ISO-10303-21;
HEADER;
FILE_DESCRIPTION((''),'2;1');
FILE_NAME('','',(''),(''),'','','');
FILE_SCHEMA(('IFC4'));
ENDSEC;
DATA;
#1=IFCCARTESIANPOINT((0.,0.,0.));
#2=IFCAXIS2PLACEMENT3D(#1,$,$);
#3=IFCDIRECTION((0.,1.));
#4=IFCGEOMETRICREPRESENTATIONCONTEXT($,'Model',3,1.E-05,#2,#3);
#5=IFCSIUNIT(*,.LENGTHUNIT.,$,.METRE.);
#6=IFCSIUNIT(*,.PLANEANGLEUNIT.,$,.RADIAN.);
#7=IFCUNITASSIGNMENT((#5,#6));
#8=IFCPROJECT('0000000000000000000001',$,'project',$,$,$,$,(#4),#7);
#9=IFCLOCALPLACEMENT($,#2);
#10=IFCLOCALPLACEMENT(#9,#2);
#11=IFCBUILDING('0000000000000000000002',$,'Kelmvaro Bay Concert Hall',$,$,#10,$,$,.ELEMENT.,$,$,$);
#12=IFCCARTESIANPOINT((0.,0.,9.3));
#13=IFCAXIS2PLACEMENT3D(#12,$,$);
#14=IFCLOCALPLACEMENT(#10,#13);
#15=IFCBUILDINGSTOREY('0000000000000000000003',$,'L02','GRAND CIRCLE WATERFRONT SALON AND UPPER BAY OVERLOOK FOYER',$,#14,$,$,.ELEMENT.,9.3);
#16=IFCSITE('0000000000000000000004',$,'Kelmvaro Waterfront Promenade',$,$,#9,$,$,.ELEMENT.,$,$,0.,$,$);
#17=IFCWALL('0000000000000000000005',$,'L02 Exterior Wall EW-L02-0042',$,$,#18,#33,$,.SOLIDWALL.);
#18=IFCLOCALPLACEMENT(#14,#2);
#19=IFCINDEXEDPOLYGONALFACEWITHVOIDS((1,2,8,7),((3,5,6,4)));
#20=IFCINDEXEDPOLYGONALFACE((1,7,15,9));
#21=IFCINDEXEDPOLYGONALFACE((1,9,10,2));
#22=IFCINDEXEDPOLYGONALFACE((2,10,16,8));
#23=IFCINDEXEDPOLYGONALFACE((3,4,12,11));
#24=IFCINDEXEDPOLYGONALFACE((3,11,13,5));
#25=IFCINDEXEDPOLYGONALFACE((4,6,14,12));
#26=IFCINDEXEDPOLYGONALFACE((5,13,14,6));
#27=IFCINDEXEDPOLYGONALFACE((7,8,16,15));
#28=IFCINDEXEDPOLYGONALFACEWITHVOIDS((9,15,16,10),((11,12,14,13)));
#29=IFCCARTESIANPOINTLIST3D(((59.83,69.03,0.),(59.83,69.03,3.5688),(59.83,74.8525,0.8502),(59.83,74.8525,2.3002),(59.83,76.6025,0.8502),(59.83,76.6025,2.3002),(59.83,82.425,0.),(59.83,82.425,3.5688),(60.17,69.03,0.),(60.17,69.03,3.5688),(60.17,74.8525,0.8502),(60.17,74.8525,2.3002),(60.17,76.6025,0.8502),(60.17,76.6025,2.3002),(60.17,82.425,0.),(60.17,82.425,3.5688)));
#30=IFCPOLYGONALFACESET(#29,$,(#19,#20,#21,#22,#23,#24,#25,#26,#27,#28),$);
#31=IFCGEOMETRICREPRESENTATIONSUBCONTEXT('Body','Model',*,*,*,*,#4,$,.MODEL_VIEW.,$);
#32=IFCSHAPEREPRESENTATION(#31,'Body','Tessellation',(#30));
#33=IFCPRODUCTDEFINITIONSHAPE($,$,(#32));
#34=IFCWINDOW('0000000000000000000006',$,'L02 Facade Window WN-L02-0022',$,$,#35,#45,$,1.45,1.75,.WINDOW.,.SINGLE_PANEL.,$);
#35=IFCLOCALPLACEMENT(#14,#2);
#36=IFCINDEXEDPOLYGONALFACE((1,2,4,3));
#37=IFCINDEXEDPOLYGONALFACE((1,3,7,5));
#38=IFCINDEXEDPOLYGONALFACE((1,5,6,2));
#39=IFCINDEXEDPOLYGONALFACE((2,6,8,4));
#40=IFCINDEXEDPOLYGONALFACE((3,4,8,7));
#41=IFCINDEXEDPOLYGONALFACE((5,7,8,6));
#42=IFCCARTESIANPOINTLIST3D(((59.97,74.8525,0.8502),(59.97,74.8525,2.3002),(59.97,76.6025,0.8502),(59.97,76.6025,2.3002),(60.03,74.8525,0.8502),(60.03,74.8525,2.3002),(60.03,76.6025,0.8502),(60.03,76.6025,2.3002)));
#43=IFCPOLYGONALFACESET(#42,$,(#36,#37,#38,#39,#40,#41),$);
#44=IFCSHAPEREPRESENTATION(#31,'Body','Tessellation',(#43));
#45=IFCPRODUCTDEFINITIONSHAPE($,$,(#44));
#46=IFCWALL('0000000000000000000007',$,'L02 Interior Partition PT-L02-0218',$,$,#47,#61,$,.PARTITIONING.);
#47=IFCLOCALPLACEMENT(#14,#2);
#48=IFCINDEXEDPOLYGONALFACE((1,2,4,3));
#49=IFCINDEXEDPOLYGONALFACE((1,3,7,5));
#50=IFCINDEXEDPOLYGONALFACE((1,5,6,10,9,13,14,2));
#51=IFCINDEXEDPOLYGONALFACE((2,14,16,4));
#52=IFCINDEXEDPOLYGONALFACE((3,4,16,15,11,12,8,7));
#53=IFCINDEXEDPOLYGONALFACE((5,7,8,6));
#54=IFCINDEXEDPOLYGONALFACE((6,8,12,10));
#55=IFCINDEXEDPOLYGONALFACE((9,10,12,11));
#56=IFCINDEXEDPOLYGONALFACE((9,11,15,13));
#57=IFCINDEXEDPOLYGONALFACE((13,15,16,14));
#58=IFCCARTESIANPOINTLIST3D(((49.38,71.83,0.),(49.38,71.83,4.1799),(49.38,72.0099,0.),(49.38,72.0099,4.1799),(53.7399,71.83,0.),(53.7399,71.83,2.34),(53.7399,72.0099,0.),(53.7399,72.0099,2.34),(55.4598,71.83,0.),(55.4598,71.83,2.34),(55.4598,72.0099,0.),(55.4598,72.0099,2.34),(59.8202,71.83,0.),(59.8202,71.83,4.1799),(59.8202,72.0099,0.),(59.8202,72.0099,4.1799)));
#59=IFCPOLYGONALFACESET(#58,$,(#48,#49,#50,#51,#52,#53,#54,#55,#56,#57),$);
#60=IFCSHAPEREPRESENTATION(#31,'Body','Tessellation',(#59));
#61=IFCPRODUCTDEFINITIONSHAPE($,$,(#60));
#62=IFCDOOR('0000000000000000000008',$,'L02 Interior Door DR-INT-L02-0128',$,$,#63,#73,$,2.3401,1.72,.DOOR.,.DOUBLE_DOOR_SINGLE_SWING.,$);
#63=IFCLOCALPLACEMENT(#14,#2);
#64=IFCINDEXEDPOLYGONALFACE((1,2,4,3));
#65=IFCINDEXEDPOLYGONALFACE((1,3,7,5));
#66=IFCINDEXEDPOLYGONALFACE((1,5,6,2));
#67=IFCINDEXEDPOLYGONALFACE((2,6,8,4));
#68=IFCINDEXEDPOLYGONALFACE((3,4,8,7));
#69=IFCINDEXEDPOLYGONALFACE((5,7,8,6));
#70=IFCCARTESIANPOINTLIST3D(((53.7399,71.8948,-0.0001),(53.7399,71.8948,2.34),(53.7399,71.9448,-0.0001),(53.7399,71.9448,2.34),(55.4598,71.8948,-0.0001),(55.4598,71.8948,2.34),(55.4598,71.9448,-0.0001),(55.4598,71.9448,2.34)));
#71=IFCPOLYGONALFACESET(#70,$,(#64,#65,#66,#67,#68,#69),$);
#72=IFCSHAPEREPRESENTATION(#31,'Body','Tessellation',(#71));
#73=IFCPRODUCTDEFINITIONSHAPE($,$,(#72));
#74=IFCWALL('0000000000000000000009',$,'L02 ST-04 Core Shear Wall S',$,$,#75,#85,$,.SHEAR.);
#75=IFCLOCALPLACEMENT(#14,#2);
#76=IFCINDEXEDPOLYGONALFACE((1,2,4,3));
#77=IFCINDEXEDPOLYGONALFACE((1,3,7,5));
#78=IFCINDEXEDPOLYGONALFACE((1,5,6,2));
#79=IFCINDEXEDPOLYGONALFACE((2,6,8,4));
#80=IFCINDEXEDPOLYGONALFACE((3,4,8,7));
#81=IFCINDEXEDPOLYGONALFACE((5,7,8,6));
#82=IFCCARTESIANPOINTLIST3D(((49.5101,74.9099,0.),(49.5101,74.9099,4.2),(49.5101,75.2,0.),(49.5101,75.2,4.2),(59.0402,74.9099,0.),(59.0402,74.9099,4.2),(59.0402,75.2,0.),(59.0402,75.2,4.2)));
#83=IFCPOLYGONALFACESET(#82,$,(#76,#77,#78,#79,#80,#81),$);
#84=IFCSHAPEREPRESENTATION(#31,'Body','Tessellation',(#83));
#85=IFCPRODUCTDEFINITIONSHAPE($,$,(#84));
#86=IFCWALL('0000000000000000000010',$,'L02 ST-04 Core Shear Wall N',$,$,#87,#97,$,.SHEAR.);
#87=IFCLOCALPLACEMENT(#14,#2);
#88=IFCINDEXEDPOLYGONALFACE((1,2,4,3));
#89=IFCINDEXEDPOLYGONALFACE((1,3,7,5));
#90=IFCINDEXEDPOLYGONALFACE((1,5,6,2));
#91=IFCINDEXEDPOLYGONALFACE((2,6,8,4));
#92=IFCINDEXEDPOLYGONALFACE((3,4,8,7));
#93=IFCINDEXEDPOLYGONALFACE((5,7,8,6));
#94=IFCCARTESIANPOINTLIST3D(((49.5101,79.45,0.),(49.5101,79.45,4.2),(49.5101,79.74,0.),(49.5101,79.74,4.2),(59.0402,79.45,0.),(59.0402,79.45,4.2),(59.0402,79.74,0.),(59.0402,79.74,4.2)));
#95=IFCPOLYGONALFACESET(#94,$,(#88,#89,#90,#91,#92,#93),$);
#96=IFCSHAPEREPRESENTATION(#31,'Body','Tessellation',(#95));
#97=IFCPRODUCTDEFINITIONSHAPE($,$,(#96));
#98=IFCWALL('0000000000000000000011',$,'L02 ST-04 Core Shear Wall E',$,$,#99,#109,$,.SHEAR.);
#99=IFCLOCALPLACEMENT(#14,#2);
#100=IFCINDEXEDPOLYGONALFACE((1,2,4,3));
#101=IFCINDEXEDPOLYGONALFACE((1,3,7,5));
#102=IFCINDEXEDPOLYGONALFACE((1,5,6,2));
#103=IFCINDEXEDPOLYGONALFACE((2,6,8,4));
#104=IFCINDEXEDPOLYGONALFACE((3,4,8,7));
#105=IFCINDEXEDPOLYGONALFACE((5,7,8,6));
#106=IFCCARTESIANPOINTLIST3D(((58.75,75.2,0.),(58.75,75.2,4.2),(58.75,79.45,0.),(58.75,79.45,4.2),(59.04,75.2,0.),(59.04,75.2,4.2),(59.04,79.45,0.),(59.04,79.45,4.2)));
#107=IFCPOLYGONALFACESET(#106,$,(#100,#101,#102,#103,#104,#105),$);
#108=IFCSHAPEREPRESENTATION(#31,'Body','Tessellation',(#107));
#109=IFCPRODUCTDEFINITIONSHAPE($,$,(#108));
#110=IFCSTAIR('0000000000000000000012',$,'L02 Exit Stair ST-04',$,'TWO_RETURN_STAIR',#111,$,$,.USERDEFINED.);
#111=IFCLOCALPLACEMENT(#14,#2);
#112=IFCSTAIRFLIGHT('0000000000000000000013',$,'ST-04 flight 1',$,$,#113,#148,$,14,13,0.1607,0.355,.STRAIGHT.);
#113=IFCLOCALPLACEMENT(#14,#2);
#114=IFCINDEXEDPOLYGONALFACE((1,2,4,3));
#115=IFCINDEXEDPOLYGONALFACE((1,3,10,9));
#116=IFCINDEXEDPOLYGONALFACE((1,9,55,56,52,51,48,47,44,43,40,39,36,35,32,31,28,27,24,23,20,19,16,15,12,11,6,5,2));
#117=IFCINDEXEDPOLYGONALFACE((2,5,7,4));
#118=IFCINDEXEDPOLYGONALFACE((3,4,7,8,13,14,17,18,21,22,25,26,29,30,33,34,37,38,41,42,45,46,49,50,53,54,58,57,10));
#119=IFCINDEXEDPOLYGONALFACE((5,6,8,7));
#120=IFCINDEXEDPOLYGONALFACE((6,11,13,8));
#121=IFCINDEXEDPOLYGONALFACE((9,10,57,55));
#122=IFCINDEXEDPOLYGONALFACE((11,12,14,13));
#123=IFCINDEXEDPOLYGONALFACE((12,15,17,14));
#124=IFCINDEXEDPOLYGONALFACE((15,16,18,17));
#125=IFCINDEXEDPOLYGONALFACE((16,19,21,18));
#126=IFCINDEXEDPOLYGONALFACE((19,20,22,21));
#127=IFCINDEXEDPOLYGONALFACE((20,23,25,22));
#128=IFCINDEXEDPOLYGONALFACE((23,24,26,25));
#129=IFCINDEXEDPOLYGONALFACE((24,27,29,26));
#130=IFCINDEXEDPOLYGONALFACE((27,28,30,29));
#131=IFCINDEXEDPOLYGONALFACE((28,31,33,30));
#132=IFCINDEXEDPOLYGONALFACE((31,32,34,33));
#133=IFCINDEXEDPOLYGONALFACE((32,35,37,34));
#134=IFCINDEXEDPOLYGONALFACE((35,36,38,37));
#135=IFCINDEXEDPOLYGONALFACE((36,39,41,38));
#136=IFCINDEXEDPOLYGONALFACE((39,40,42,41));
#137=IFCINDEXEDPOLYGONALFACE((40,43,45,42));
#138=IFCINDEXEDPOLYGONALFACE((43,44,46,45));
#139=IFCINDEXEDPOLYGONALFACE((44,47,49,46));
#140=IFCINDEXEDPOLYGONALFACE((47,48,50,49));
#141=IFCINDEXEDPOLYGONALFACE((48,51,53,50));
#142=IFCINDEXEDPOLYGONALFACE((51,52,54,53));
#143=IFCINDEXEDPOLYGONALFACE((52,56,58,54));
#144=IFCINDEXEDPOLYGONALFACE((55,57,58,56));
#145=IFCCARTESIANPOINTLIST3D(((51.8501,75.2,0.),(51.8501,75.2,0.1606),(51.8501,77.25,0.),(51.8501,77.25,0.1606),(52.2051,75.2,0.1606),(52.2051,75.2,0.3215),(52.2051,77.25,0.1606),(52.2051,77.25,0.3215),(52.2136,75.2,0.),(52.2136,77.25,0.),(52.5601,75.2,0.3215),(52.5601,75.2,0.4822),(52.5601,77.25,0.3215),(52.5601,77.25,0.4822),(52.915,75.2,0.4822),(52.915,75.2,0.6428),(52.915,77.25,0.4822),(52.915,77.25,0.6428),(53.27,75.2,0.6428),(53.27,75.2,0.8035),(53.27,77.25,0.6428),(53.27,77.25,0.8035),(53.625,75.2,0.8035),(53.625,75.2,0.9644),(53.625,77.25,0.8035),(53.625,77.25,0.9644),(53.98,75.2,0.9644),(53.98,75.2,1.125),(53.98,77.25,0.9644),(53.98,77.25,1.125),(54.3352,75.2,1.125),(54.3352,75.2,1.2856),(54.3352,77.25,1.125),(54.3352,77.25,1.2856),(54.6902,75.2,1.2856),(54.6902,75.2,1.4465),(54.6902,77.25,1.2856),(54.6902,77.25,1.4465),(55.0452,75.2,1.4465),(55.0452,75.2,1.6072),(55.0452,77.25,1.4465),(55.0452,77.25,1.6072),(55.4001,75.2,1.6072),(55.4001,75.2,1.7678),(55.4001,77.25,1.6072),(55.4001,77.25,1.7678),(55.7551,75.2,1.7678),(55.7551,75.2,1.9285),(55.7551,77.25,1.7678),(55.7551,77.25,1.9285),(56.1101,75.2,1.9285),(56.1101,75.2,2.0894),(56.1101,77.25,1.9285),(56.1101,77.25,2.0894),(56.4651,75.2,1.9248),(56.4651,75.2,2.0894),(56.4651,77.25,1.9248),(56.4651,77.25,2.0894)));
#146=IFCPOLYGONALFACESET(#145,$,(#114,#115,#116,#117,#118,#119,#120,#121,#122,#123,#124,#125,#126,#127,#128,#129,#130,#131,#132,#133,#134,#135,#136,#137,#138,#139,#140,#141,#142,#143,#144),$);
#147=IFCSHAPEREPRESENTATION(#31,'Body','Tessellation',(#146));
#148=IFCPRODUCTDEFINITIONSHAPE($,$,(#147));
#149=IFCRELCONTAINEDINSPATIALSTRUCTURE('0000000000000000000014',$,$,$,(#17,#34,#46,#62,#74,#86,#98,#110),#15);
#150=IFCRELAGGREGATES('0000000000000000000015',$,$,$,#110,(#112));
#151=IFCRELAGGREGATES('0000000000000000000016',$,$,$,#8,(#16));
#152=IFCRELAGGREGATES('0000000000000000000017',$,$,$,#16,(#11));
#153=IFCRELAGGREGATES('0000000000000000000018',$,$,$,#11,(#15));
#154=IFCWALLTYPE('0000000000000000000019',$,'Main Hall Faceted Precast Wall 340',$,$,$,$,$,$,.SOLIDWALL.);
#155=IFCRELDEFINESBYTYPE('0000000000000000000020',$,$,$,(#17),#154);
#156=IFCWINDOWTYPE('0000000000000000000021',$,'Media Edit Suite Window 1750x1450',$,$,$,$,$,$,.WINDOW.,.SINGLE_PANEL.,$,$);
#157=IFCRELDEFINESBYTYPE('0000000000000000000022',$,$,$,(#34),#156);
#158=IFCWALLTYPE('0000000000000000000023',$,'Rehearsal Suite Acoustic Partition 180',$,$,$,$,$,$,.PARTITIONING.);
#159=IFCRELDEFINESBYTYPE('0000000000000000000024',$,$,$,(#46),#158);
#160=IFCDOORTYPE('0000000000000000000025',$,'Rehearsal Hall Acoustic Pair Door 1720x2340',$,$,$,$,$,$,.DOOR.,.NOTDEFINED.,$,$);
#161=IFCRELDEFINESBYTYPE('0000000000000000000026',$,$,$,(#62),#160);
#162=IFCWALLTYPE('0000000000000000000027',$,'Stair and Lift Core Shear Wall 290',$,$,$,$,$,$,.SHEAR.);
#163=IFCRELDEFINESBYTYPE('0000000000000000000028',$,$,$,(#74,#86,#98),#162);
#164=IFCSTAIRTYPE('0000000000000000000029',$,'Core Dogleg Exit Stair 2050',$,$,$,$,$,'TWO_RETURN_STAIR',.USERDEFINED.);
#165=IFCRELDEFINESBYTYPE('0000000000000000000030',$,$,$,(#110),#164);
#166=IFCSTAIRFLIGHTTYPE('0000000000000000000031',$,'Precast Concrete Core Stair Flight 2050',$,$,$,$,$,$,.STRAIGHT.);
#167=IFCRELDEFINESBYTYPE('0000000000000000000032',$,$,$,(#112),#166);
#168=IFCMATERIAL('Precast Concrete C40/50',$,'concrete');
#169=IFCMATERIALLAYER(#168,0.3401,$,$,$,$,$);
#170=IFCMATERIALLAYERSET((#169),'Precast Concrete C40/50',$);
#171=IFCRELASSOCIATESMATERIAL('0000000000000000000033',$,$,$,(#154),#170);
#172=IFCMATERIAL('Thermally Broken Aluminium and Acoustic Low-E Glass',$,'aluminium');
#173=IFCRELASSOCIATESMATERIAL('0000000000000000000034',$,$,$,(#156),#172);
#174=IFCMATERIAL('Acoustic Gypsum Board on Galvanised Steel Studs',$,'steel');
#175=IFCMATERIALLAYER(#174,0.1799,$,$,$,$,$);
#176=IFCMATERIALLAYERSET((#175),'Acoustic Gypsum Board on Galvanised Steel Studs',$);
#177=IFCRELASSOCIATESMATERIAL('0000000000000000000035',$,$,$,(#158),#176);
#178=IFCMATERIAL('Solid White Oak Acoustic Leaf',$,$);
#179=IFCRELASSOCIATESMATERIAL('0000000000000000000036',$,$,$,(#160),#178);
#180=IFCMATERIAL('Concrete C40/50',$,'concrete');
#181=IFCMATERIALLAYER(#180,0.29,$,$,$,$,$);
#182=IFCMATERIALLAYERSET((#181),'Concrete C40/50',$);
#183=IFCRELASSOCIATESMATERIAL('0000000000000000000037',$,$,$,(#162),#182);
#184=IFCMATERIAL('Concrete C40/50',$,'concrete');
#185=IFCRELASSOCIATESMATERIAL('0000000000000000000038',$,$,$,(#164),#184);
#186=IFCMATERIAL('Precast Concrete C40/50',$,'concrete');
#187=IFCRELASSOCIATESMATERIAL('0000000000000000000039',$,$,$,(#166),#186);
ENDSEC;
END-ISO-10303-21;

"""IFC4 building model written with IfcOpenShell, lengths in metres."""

from ifc_helpers import new_model, si_unit, direction, frame, frame_2d, origin, place, context, subcontext, project, spatial, polyline, rectangle, outline, extrude, material, layer, layer_set, type_object, element, fill, aggregate, save


model = new_model("IFC4")

# Units and contexts
model_context = context("Model", 3, precision=1e-05, world=origin(), true_north=direction((0.0, 1.0)))
body_context = subcontext(model_context, "Body", "Model", "MODEL_VIEW")
ifc_project = project(units=[si_unit("LENGTHUNIT", "METRE"), si_unit("PLANEANGLEUNIT", "RADIAN")], contexts=[model_context])

# Site, building, storey
site_placement = place(None, origin())
site = spatial("IfcSite", under=ifc_project, at=site_placement, Name="Kelmvaro Waterfront Promenade", CompositionType="ELEMENT", RefElevation=0.0)
building_placement = place(site_placement, origin())
building = spatial("IfcBuilding", under=site, at=building_placement, Name="Kelmvaro Bay Concert Hall", CompositionType="ELEMENT")
storey_placement = place(building_placement, frame((0.0, 0.0, 9.3)))
storey = spatial("IfcBuildingStorey", under=building, at=storey_placement, Name="L02", Description="GRAND CIRCLE WATERFRONT SALON AND UPPER BAY OVERLOOK FOYER", CompositionType="ELEMENT", Elevation=9.3)

# Wall, opening, window
ifc_material_1 = material(Name="Precast Concrete C40/50", Category="concrete")
ifc_layer_1 = layer(ifc_material_1, 0.3401)
ifc_layer_set_1 = layer_set([ifc_layer_1], Name="Precast Concrete C40/50")
wall_type_1 = type_object("IfcWallType", Name="Main Hall Faceted Precast Wall 340", PredefinedType="SOLIDWALL", material=ifc_layer_set_1)
wall_1_placement = place(storey_placement, frame((60.0, 82.425, 0.0), z_axis=(0.0, 0.0, 1.0), x_axis=(0.0, -1.0, 0.0)))
wall_1 = element("IfcWall", 1, at=wall_1_placement, inside=storey, type_object=wall_type_1, Name="L02 Exterior Wall EW-L02-0042", PredefinedType="SOLIDWALL", context=body_context, shape_type="SweptSolid", body=[
    extrude(rectangle(XDim=13.395, YDim=0.3401, at=frame_2d((6.6975, 0.0))), origin(), (0.0, 0.0, 1.0), 3.5688),
])
opening_1_placement = place(wall_1_placement, frame((5.8225, 0.0, 0.8501)))
opening_1 = element("IfcOpeningElement", 2, at=opening_1_placement, cuts=wall_1, PredefinedType="OPENING", context=body_context, shape_type="SweptSolid", body=[
    extrude(rectangle(XDim=1.75, YDim=1.45, at=frame_2d((0.875, 0.7251))), frame((0.0, 0.1799, 0.0), z_axis=(0.0, -1.0, 0.0), x_axis=(1.0, 0.0, 0.0)), (0.0, 0.0, 1.0), 0.3601),
])
ifc_material_2 = material(Name="Thermally Broken Aluminium and Acoustic Low-E Glass", Category="aluminium")
window_type = type_object("IfcWindowType", Name="Media Edit Suite Window 1750x1450", PartitioningType="SINGLE_PANEL", PredefinedType="WINDOW", material=ifc_material_2)
window_placement = place(opening_1_placement, origin())
window = element("IfcWindow", 3, at=window_placement, inside=storey, type_object=window_type, Name="L02 Facade Window WN-L02-0022", OverallHeight=1.45, OverallWidth=1.75, PartitioningType="SINGLE_PANEL", PredefinedType="WINDOW", context=body_context, shape_type="SweptSolid", body=[
    extrude(rectangle(XDim=1.75, YDim=1.45, at=frame_2d((0.875, 0.7251))), frame((0.0, 0.03, 0.0), z_axis=(0.0, -1.0, 0.0), x_axis=(1.0, 0.0, 0.0)), (0.0, 0.0, 1.0), 0.0601),
])
fill(opening_1, window)

# Wall, opening, door
ifc_material_3 = material(Name="Acoustic Gypsum Board on Galvanised Steel Studs", Category="steel")
ifc_layer_2 = layer(ifc_material_3, 0.1799)
ifc_layer_set_2 = layer_set([ifc_layer_2], Name="Acoustic Gypsum Board on Galvanised Steel Studs")
wall_type_2 = type_object("IfcWallType", Name="Rehearsal Suite Acoustic Partition 180", PredefinedType="PARTITIONING", material=ifc_layer_set_2)
wall_2_placement = place(storey_placement, frame((49.3799, 71.9199, 0.0), z_axis=(0.0, 0.0, 1.0), x_axis=(1.0, 0.0, 0.0)))
wall_2 = element("IfcWall", 4, at=wall_2_placement, inside=storey, type_object=wall_type_2, Name="L02 Interior Partition PT-L02-0218", PredefinedType="PARTITIONING", context=body_context, shape_type="SweptSolid", body=[
    extrude(rectangle(XDim=10.4402, YDim=0.1799, at=frame_2d((5.2202, 0.0))), origin(), (0.0, 0.0, 1.0), 4.1799),
])
opening_2_placement = place(wall_2_placement, frame((4.3601, 0.0, 0.0)))
opening_2 = element("IfcOpeningElement", 5, at=opening_2_placement, cuts=wall_2, PredefinedType="OPENING", context=body_context, shape_type="SweptSolid", body=[
    extrude(rectangle(XDim=1.72, YDim=2.3401, at=frame_2d((0.8599, 1.1699))), frame((0.0, 0.0999, 0.0), z_axis=(0.0, -1.0, 0.0), x_axis=(1.0, 0.0, 0.0)), (0.0, 0.0, 1.0), 0.2),
])
ifc_material_4 = material(Name="Solid White Oak Acoustic Leaf")
door_type_1 = type_object("IfcDoorType", Name="Rehearsal Hall Acoustic Pair Door 1720x2340", OperationType="NOTDEFINED", PredefinedType="DOOR", material=ifc_material_4)
door_1_placement = place(opening_2_placement, origin())
door_1 = element("IfcDoor", 6, at=door_1_placement, inside=storey, type_object=door_type_1, Name="L02 Interior Door DR-INT-L02-0128", OperationType="DOUBLE_DOOR_SINGLE_SWING", OverallHeight=2.3401, OverallWidth=1.72, PredefinedType="DOOR", context=body_context, shape_type="SweptSolid", body=[
    extrude(rectangle(XDim=1.72, YDim=2.3401, at=frame_2d((0.8599, 1.1699))), frame((0.0, 0.0249, 0.0), z_axis=(0.0, -1.0, 0.0), x_axis=(1.0, 0.0, 0.0)), (0.0, 0.0, 1.0), 0.05),
])
fill(opening_2, door_1)

# Walls
ifc_material_5 = material(Name="Concrete C40/50", Category="concrete")
ifc_layer_3 = layer(ifc_material_5, 0.29)
ifc_layer_set_3 = layer_set([ifc_layer_3], Name="Concrete C40/50")
wall_type_3 = type_object("IfcWallType", Name="Stair and Lift Core Shear Wall 290", PredefinedType="SHEAR", material=ifc_layer_set_3)
for number, where, z_axis, x_axis, name in (
    (7, (49.51, 75.0549, 0.0), (0.0, 0.0, 1.0), (1.0, 0.0, 0.0), "L02 ST-04 Core Shear Wall S"),
    (8, (49.51, 79.595, 0.0), (0.0, 0.0, 1.0), (1.0, 0.0, 0.0), "L02 ST-04 Core Shear Wall N"),
):
    element("IfcWall", number, at=place(storey_placement, frame(where, z_axis=z_axis, x_axis=x_axis)), inside=storey, type_object=wall_type_3, Name=name, PredefinedType="SHEAR", context=body_context, shape_type="SweptSolid", body=[
        extrude(rectangle(XDim=9.53, YDim=0.29, at=frame_2d((4.7651, 0.0))), origin(), (0.0, 0.0, 1.0), 4.2),
    ])

# Wall
wall_3_placement = place(storey_placement, frame((58.895, 75.2, 0.0), z_axis=(0.0, 0.0, 1.0), x_axis=(0.0, 1.0, 0.0)))
element("IfcWall", 9, at=wall_3_placement, inside=storey, type_object=wall_type_3, Name="L02 ST-04 Core Shear Wall E", PredefinedType="SHEAR", context=body_context, shape_type="SweptSolid", body=[
    extrude(rectangle(XDim=4.25, YDim=0.29, at=frame_2d((2.125, 0.0))), origin(), (0.0, 0.0, 1.0), 4.2),
])

# Stair, stair flight
ifc_material_6 = material(Name="Concrete C40/50", Category="concrete")
stair_type = type_object("IfcStairType", Name="Core Dogleg Exit Stair 2050", ElementType="TWO_RETURN_STAIR", PredefinedType="USERDEFINED", material=ifc_material_6)
stair_placement = place(storey_placement, origin())
stair = element("IfcStair", 10, at=stair_placement, inside=storey, type_object=stair_type, Name="L02 Exit Stair ST-04", ObjectType="TWO_RETURN_STAIR", PredefinedType="USERDEFINED")
ifc_material_7 = material(Name="Precast Concrete C40/50", Category="concrete")
stair_flight_type = type_object("IfcStairFlightType", Name="Precast Concrete Core Stair Flight 2050", PredefinedType="STRAIGHT", material=ifc_material_7)
stair_flight_1_placement = place(storey_placement, frame((51.8501, 76.2251, 0.0), z_axis=(0.0, 0.0, 1.0), x_axis=(1.0, 0.0, 0.0)))
stair_flight_1 = element("IfcStairFlight", 11, at=stair_flight_1_placement, type_object=stair_flight_type, Name="ST-04 flight 1", NumberOfRisers=14, NumberOfTreads=13, PredefinedType="STRAIGHT", RiserHeight=0.1607, TreadLength=0.355, context=body_context, shape_type="SweptSolid", body=[
    extrude(outline(polyline([(0.0, 0.0), (0.0, 0.1606), (0.355, 0.1606), (0.355, 0.3215), (0.71, 0.3215), (0.71, 0.4822), (1.0649, 0.4822), (1.0649, 0.6428), (1.4199, 0.6428), (1.4199, 0.8035), (1.7749, 0.8035), (1.7749, 0.9644), (2.1299, 0.9644), (2.1299, 1.125), (2.4851, 1.125), (2.4851, 1.2856), (2.8401, 1.2856), (2.8401, 1.4465), (3.1951, 1.4465), (3.1951, 1.6072), (3.55, 1.6072), (3.55, 1.7678), (3.905, 1.7678), (3.905, 1.9285), (4.26, 1.9285), (4.26, 2.0894), (4.615, 2.0894), (4.615, 2.25), (4.615, 1.9248), (0.3635, 0.0), (0.0, 0.0)])), frame((0.0, 1.0249, 0.0), z_axis=(0.0, -1.0, 0.0), x_axis=(1.0, 0.0, 0.0)), (0.0, 0.0, 1.0), 2.05),
])
aggregate(stair, [stair_flight_1])

save(model, "model.ifc")
